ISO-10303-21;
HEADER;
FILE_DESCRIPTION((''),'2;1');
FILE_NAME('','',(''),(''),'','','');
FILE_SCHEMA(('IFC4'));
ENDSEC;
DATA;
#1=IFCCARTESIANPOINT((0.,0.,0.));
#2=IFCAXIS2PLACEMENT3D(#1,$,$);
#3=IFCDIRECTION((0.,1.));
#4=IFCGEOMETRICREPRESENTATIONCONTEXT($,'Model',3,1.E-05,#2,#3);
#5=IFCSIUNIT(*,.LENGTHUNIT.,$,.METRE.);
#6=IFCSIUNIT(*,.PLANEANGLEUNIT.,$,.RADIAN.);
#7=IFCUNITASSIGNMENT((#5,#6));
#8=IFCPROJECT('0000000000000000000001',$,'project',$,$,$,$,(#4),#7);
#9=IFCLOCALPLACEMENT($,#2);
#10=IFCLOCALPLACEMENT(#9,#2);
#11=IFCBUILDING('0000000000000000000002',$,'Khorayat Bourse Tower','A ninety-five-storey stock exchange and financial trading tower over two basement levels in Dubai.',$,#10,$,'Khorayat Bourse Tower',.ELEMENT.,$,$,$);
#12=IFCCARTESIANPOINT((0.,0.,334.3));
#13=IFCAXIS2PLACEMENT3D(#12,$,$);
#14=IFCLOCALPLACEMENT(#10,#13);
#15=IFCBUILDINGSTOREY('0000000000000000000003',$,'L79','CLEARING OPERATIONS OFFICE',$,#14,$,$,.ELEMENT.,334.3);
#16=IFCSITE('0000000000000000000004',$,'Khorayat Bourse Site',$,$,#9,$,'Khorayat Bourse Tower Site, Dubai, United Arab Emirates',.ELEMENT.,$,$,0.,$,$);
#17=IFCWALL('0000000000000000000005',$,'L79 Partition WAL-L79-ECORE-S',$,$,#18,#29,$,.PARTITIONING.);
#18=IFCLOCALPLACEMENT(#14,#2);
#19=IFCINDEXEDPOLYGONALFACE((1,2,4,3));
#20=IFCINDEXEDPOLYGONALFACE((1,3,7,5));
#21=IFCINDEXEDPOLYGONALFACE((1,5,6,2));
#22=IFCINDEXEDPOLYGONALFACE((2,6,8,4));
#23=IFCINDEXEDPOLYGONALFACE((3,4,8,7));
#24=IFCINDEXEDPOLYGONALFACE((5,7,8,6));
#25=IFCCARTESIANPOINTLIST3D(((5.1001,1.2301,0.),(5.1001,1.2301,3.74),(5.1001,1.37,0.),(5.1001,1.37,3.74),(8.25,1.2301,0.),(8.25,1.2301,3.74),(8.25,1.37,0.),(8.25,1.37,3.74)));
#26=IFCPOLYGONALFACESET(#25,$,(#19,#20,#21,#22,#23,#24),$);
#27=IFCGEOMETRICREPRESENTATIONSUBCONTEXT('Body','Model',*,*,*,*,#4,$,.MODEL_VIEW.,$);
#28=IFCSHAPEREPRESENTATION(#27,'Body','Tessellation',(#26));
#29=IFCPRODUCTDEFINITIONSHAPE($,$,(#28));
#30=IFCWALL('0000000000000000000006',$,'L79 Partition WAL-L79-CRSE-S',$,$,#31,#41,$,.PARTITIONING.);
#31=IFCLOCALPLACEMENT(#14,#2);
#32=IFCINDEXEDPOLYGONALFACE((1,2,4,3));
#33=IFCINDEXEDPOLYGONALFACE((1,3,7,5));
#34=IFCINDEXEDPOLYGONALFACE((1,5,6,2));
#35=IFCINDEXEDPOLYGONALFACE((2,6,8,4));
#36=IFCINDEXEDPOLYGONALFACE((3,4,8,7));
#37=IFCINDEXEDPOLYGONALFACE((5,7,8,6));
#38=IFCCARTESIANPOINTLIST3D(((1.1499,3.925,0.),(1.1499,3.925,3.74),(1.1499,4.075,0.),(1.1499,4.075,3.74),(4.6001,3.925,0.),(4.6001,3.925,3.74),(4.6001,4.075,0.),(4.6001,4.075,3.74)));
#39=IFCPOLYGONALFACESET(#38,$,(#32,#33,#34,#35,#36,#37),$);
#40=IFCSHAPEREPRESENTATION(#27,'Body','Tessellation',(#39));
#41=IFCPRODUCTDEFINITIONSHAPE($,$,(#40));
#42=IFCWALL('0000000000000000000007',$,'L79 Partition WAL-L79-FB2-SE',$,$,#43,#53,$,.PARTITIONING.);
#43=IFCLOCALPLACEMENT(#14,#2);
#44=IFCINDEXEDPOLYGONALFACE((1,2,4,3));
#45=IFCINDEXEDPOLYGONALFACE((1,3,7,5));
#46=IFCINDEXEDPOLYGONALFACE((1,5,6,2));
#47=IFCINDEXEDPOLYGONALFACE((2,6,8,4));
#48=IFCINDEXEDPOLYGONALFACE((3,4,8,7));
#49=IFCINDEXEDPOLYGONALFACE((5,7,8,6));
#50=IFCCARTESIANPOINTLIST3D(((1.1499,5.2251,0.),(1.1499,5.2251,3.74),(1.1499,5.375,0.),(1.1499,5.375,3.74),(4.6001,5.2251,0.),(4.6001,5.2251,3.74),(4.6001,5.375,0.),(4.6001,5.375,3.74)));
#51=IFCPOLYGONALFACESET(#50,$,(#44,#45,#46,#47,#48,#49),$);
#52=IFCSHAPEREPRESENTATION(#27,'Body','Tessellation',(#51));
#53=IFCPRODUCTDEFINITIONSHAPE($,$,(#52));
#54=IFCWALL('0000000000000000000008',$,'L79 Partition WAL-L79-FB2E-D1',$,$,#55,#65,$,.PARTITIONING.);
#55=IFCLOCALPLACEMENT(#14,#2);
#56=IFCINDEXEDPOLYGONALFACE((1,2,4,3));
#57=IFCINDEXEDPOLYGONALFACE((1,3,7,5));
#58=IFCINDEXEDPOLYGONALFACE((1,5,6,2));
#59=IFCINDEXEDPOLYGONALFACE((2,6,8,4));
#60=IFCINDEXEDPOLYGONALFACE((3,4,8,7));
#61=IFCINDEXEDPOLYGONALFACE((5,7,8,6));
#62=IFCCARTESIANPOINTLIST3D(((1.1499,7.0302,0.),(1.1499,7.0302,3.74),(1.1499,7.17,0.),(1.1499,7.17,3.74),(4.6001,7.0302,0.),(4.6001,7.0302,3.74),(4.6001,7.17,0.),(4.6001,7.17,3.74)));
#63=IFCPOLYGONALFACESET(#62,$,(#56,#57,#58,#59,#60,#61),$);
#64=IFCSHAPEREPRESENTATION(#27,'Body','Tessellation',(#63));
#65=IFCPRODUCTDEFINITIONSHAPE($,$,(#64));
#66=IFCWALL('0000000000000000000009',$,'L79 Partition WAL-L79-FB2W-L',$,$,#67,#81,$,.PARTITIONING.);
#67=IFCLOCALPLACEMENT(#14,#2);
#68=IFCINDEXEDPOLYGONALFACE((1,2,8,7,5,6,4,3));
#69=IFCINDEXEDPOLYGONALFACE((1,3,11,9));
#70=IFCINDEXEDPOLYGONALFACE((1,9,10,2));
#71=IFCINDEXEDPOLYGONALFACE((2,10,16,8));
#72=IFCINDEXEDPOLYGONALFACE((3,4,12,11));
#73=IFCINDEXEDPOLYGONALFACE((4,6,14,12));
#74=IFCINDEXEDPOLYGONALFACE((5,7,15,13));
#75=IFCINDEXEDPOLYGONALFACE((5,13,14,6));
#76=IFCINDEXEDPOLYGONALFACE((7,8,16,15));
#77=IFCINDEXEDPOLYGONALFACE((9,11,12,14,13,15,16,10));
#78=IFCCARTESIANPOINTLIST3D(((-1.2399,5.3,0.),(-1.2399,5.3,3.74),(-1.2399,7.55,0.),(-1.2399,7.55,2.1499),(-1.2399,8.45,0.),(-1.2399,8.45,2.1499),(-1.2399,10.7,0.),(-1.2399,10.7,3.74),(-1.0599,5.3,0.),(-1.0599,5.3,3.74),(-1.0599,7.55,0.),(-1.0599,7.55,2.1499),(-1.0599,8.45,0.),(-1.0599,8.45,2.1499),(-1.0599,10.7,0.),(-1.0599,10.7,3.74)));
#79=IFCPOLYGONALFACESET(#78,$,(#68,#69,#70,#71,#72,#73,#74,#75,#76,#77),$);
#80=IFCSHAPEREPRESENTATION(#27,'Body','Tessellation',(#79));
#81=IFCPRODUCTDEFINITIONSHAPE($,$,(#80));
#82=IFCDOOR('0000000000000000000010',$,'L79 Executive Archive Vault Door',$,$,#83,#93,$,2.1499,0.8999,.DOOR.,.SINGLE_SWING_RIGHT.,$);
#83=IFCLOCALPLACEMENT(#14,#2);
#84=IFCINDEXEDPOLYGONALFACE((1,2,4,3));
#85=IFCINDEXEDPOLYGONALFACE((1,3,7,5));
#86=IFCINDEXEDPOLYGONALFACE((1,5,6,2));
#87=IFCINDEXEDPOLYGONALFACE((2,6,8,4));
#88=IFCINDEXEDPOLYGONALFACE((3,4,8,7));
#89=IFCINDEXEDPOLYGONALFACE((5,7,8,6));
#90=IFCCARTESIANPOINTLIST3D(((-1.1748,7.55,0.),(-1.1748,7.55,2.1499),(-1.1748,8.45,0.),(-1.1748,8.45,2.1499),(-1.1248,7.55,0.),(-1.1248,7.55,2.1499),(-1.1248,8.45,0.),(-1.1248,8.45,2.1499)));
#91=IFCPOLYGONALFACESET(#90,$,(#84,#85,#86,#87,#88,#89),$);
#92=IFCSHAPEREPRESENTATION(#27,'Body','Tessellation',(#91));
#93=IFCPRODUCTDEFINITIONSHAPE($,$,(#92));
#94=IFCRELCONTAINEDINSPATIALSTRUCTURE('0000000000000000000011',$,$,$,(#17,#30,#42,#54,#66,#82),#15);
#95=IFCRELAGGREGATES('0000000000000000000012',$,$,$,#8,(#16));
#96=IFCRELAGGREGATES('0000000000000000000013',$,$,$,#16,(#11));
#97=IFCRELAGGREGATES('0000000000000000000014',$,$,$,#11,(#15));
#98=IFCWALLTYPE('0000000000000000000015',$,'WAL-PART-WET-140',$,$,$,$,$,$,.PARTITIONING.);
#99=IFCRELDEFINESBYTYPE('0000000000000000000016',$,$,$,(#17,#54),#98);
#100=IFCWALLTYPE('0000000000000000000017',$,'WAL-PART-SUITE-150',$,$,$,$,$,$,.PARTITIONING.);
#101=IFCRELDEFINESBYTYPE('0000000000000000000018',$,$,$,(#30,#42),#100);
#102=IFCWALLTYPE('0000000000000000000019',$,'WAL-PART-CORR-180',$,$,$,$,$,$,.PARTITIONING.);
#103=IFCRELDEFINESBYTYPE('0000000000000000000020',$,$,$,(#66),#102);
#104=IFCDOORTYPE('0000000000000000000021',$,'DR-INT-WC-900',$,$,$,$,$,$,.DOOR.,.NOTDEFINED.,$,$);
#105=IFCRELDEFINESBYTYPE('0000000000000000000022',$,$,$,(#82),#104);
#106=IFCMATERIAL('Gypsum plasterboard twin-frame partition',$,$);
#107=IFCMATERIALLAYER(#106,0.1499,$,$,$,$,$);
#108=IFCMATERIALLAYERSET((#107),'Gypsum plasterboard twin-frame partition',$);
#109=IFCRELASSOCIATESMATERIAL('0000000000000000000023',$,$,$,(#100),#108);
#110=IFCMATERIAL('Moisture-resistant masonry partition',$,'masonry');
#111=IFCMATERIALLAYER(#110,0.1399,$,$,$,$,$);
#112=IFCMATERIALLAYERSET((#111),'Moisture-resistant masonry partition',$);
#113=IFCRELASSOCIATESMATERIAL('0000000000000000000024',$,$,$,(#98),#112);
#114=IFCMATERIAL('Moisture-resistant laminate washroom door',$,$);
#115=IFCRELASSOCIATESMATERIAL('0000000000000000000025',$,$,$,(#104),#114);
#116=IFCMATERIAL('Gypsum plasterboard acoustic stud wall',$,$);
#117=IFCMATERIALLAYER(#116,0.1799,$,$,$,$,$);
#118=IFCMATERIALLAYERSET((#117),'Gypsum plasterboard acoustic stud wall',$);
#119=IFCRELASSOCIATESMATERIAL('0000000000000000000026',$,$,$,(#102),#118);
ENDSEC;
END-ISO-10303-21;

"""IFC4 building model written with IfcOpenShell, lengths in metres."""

from ifc_helpers import new_model, si_unit, direction, frame, frame_2d, origin, place, context, subcontext, project, spatial, rectangle, extrude, source, transform, mapped, material, layer, layer_set, type_object, element, fill, save


model = new_model("IFC4")

# Units and contexts
model_context = context("Model", 3, precision=1e-05, world=origin(), true_north=direction((0.0, 1.0)))
body_context = subcontext(model_context, "Body", "Model", "MODEL_VIEW")
ifc_project = project(units=[si_unit("LENGTHUNIT", "METRE"), si_unit("PLANEANGLEUNIT", "RADIAN")], contexts=[model_context])

# Site, building, storey
site_placement = place(None, origin())
site = spatial("IfcSite", under=ifc_project, at=site_placement, Name="Khorayat Bourse Site", LongName="Khorayat Bourse Tower Site, Dubai, United Arab Emirates", CompositionType="ELEMENT", RefElevation=0.0)
building_placement = place(site_placement, origin())
building = spatial("IfcBuilding", under=site, at=building_placement, Name="Khorayat Bourse Tower", Description="A ninety-five-storey stock exchange and financial trading tower over two basement levels in Dubai.", LongName="Khorayat Bourse Tower", CompositionType="ELEMENT")
storey_placement = place(building_placement, frame((0.0, 0.0, 334.3)))
storey = spatial("IfcBuildingStorey", under=building, at=storey_placement, Name="L79", Description="CLEARING OPERATIONS OFFICE", CompositionType="ELEMENT", Elevation=334.3)

# Wall
ifc_material_1 = material(Name="Gypsum plasterboard twin-frame partition")
ifc_layer_1 = layer(ifc_material_1, 0.1499)
ifc_layer_set_1 = layer_set([ifc_layer_1], Name="Gypsum plasterboard twin-frame partition")
wall_type_1 = type_object("IfcWallType", Name="WAL-PART-SUITE-150", PredefinedType="PARTITIONING", material=ifc_layer_set_1)
ifc_material_2 = material(Name="Moisture-resistant masonry partition", Category="masonry")
ifc_layer_2 = layer(ifc_material_2, 0.1399)
ifc_layer_set_2 = layer_set([ifc_layer_2], Name="Moisture-resistant masonry partition")
wall_type_2 = type_object("IfcWallType", Name="WAL-PART-WET-140", PredefinedType="PARTITIONING", material=ifc_layer_set_2)
shared_shape_1 = source(origin(), body_context, "Body", "SweptSolid", [
    extrude(rectangle(XDim=3.1499, YDim=0.1399, at=frame_2d((1.575, 0.0))), origin(), (0.0, 0.0, 1.0), 3.74),
])
wall_1_placement = place(storey_placement, frame((5.1001, 1.3, 0.0), z_axis=(0.0, 0.0, 1.0), x_axis=(1.0, 0.0, 0.0)))
element("IfcWall", 1, at=wall_1_placement, inside=storey, type_object=wall_type_2, Name="L79 Partition WAL-L79-ECORE-S", PredefinedType="PARTITIONING", context=body_context, shape_type="MappedRepresentation", body=[
    mapped(shared_shape_1, transform((0.0, 0.0, 0.0), scale=1.0)),
])

# Shared definitions
ifc_material_3 = material(Name="Moisture-resistant laminate washroom door")
door_type = type_object("IfcDoorType", Name="DR-INT-WC-900", OperationType="NOTDEFINED", PredefinedType="DOOR", material=ifc_material_3)
shared_shape_2 = source(origin(), body_context, "Body", "SweptSolid", [
    extrude(rectangle(XDim=0.8999, YDim=2.1499, at=frame_2d((0.45, 1.075))), frame((0.0, 0.0249, 0.0), z_axis=(0.0, -1.0, 0.0), x_axis=(1.0, 0.0, 0.0)), (0.0, 0.0, 1.0), 0.05),
])

# Walls
shared_shape_3 = source(origin(), body_context, "Body", "SweptSolid", [
    extrude(rectangle(XDim=3.4502, YDim=0.1499, at=frame_2d((1.7251, 0.0))), origin(), (0.0, 0.0, 1.0), 3.74),
])
for number, where, z_axis, x_axis, name in (
    (2, (1.1499, 4.0, 0.0), (0.0, 0.0, 1.0), (1.0, 0.0, 0.0), "L79 Partition WAL-L79-CRSE-S"),
    (3, (1.1499, 5.3, 0.0), (0.0, 0.0, 1.0), (1.0, 0.0, 0.0), "L79 Partition WAL-L79-FB2-SE"),
):
    element("IfcWall", number, at=place(storey_placement, frame(where, z_axis=z_axis, x_axis=x_axis)), inside=storey, type_object=wall_type_1, Name=name, PredefinedType="PARTITIONING", context=body_context, shape_type="MappedRepresentation", body=[
        mapped(shared_shape_3, transform((0.0, 0.0, 0.0), scale=1.0)),
    ])
shared_shape_4 = source(origin(), body_context, "Body", "SweptSolid", [
    extrude(rectangle(XDim=3.4502, YDim=0.1399, at=frame_2d((1.7251, 0.0))), origin(), (0.0, 0.0, 1.0), 3.74),
])
wall_2_placement = place(storey_placement, frame((1.1499, 7.1001, 0.0), z_axis=(0.0, 0.0, 1.0), x_axis=(1.0, 0.0, 0.0)))
element("IfcWall", 4, at=wall_2_placement, inside=storey, type_object=wall_type_2, Name="L79 Partition WAL-L79-FB2E-D1", PredefinedType="PARTITIONING", context=body_context, shape_type="MappedRepresentation", body=[
    mapped(shared_shape_4, transform((0.0, 0.0, 0.0), scale=1.0)),
])

# Wall, opening, door
ifc_material_4 = material(Name="Gypsum plasterboard acoustic stud wall")
ifc_layer_3 = layer(ifc_material_4, 0.1799)
ifc_layer_set_3 = layer_set([ifc_layer_3], Name="Gypsum plasterboard acoustic stud wall")
wall_type_3 = type_object("IfcWallType", Name="WAL-PART-CORR-180", PredefinedType="PARTITIONING", material=ifc_layer_set_3)
shared_shape_5 = source(origin(), body_context, "Body", "SweptSolid", [
    extrude(rectangle(XDim=5.3999, YDim=0.1799, at=frame_2d((2.7, 0.0))), origin(), (0.0, 0.0, 1.0), 3.74),
])
wall_3_placement = place(storey_placement, frame((-1.1499, 5.3, 0.0), z_axis=(0.0, 0.0, 1.0), x_axis=(0.0, 1.0, 0.0)))
wall_3 = element("IfcWall", 5, at=wall_3_placement, inside=storey, type_object=wall_type_3, Name="L79 Partition WAL-L79-FB2W-L", PredefinedType="PARTITIONING", context=body_context, shape_type="MappedRepresentation", body=[
    mapped(shared_shape_5, transform((0.0, 0.0, 0.0), scale=1.0)),
])
shared_shape_6 = source(origin(), body_context, "Body", "SweptSolid", [
    extrude(rectangle(XDim=0.8999, YDim=2.1499, at=frame_2d((0.45, 1.075))), frame((0.0, 0.0999, 0.0), z_axis=(0.0, -1.0, 0.0), x_axis=(1.0, 0.0, 0.0)), (0.0, 0.0, 1.0), 0.2),
])
opening_1_placement = place(wall_3_placement, frame((2.25, 0.0, 0.0)))
opening_1 = element("IfcOpeningElement", 6, at=opening_1_placement, cuts=wall_3, PredefinedType="OPENING", context=body_context, shape_type="MappedRepresentation", body=[
    mapped(shared_shape_6, transform((0.0, 0.0, 0.0), scale=1.0)),
])
door_1_placement = place(opening_1_placement, origin())
door_1 = element("IfcDoor", 7, at=door_1_placement, inside=storey, type_object=door_type, Name="L79 Executive Archive Vault Door", OperationType="SINGLE_SWING_RIGHT", OverallHeight=2.1499, OverallWidth=0.8999, PredefinedType="DOOR", context=body_context, shape_type="MappedRepresentation", body=[
    mapped(shared_shape_2, transform((0.0, 0.0, 0.0), scale=1.0)),
])
fill(opening_1, door_1)

save(model, "model.ifc")
